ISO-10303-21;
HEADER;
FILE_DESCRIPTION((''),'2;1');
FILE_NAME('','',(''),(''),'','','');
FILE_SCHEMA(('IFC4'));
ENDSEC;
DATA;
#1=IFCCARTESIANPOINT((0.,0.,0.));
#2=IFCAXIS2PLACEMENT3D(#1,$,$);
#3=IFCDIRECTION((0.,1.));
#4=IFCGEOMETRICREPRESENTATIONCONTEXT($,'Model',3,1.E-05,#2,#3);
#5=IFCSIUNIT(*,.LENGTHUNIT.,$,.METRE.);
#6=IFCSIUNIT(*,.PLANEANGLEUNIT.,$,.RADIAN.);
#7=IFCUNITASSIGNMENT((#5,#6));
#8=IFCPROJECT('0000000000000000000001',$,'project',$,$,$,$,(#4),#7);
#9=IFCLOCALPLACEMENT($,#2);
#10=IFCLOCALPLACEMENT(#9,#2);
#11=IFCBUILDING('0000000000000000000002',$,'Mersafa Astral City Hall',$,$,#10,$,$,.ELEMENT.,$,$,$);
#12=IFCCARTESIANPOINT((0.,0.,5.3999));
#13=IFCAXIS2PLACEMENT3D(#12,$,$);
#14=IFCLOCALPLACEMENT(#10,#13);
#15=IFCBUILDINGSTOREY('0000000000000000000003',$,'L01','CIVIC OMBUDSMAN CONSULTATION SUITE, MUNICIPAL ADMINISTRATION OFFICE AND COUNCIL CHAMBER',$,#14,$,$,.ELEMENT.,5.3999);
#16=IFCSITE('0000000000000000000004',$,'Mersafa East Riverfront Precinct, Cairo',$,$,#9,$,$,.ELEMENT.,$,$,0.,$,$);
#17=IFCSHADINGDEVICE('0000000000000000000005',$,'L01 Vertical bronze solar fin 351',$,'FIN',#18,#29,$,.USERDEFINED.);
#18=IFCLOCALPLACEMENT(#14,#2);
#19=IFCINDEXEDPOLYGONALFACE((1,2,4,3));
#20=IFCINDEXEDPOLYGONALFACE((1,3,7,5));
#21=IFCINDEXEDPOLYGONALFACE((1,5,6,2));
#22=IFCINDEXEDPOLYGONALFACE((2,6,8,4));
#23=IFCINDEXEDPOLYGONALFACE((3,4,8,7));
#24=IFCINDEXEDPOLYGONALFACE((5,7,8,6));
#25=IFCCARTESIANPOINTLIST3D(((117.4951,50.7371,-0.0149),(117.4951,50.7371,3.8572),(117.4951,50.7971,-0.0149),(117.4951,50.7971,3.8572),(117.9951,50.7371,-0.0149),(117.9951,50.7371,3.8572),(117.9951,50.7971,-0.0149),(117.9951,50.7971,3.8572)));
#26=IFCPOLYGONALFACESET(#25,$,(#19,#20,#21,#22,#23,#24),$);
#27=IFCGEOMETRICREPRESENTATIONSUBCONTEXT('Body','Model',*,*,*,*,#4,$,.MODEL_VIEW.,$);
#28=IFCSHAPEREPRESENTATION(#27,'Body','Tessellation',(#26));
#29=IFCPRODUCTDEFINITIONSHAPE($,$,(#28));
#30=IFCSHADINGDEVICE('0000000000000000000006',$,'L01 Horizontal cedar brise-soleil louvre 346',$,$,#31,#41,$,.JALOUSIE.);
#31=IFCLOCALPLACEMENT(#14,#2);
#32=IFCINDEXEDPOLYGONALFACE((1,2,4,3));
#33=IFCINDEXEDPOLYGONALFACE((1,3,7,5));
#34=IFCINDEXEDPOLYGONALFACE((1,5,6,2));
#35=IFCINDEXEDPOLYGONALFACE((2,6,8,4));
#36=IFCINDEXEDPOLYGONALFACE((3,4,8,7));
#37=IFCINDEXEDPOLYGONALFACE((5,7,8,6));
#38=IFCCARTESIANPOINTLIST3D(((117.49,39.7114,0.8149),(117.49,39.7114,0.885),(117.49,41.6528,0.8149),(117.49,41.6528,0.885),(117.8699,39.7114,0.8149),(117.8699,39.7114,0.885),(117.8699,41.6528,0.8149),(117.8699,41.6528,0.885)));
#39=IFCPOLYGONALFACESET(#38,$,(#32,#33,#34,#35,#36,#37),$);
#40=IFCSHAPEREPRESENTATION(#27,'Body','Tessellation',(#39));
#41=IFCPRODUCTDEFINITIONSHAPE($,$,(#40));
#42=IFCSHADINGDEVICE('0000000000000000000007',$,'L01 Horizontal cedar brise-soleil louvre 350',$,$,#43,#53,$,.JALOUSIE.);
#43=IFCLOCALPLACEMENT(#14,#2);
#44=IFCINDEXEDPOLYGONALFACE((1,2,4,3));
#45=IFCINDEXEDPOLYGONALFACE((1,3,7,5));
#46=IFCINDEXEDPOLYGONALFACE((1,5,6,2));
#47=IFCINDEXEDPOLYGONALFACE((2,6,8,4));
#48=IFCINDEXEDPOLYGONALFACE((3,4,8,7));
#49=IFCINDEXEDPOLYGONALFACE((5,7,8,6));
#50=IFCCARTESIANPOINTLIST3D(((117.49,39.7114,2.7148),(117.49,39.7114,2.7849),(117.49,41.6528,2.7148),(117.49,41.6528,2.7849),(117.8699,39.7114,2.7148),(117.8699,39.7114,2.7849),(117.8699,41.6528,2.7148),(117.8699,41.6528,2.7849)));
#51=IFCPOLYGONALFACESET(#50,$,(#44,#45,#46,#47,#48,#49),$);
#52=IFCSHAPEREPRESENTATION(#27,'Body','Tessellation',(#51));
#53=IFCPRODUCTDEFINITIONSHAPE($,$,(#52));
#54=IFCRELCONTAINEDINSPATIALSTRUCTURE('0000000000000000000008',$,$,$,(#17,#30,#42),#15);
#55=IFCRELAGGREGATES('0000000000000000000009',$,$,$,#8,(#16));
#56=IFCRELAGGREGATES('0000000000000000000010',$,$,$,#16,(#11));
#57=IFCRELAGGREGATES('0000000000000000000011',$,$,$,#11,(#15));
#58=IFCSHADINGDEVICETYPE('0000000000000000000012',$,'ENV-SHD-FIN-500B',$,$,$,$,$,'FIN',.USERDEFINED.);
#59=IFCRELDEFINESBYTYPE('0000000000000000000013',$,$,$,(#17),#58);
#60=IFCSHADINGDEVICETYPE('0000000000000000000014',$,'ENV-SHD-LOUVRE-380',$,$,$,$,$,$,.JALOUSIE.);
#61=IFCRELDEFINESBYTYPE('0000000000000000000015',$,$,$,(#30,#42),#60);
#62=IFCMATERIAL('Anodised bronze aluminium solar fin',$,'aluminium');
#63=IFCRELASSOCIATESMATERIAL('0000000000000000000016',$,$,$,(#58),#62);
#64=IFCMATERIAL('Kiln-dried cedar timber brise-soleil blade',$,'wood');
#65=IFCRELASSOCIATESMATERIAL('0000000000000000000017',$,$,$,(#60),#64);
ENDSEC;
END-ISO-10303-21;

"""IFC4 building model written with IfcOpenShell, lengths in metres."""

from ifc_helpers import new_model, si_unit, direction, frame, origin, origin_2d, place, context, subcontext, project, spatial, rectangle, extrude, material, type_object, element, save


model = new_model("IFC4")

# Units and contexts
model_context = context("Model", 3, precision=1e-05, world=origin(), true_north=direction((0.0, 1.0)))
body_context = subcontext(model_context, "Body", "Model", "MODEL_VIEW")
ifc_project = project(units=[si_unit("LENGTHUNIT", "METRE"), si_unit("PLANEANGLEUNIT", "RADIAN")], contexts=[model_context])

# Site, building, storey
site_placement = place(None, origin())
site = spatial("IfcSite", under=ifc_project, at=site_placement, Name="Mersafa East Riverfront Precinct, Cairo", CompositionType="ELEMENT", RefElevation=0.0)
building_placement = place(site_placement, origin())
building = spatial("IfcBuilding", under=site, at=building_placement, Name="Mersafa Astral City Hall", CompositionType="ELEMENT")
storey_placement = place(building_placement, frame((0.0, 0.0, 5.3999)))
storey = spatial("IfcBuildingStorey", under=building, at=storey_placement, Name="L01", Description="CIVIC OMBUDSMAN CONSULTATION SUITE, MUNICIPAL ADMINISTRATION OFFICE AND COUNCIL CHAMBER", CompositionType="ELEMENT", Elevation=5.3999)

# Shading devices
ifc_material_1 = material(Name="Anodised bronze aluminium solar fin", Category="aluminium")
shading_device_type_1 = type_object("IfcShadingDeviceType", Name="ENV-SHD-FIN-500B", ElementType="FIN", PredefinedType="USERDEFINED", material=ifc_material_1)
shading_device_placement = place(storey_placement, frame((117.7451, 50.7671, -0.0149), z_axis=(0.0, 0.0, 1.0), x_axis=(0.0, 1.0, 0.0)))
element("IfcShadingDevice", 1, at=shading_device_placement, inside=storey, type_object=shading_device_type_1, Name="L01 Vertical bronze solar fin 351", ObjectType="FIN", PredefinedType="USERDEFINED", context=body_context, shape_type="SweptSolid", body=[
    extrude(rectangle(XDim=0.0601, YDim=0.5, at=origin_2d()), origin(), (0.0, 0.0, 1.0), 3.8721),
])
ifc_material_2 = material(Name="Kiln-dried cedar timber brise-soleil blade", Category="wood")
shading_device_type_2 = type_object("IfcShadingDeviceType", Name="ENV-SHD-LOUVRE-380", PredefinedType="JALOUSIE", material=ifc_material_2)
for number, where, z_axis, x_axis, name in (
    (2, (117.6799, 40.6821, 0.8149), (0.0, 0.0, 1.0), (0.0, 1.0, 0.0), "L01 Horizontal cedar brise-soleil louvre 346"),
    (3, (117.6799, 40.6821, 2.7148), (0.0, 0.0, 1.0), (0.0, 1.0, 0.0), "L01 Horizontal cedar brise-soleil louvre 350"),
):
    element("IfcShadingDevice", number, at=place(storey_placement, frame(where, z_axis=z_axis, x_axis=x_axis)), inside=storey, type_object=shading_device_type_2, Name=name, PredefinedType="JALOUSIE", context=body_context, shape_type="SweptSolid", body=[
        extrude(rectangle(XDim=1.9414, YDim=0.3799, at=origin_2d()), origin(), (0.0, 0.0, 1.0), 0.0701),
    ])

save(model, "model.ifc")
